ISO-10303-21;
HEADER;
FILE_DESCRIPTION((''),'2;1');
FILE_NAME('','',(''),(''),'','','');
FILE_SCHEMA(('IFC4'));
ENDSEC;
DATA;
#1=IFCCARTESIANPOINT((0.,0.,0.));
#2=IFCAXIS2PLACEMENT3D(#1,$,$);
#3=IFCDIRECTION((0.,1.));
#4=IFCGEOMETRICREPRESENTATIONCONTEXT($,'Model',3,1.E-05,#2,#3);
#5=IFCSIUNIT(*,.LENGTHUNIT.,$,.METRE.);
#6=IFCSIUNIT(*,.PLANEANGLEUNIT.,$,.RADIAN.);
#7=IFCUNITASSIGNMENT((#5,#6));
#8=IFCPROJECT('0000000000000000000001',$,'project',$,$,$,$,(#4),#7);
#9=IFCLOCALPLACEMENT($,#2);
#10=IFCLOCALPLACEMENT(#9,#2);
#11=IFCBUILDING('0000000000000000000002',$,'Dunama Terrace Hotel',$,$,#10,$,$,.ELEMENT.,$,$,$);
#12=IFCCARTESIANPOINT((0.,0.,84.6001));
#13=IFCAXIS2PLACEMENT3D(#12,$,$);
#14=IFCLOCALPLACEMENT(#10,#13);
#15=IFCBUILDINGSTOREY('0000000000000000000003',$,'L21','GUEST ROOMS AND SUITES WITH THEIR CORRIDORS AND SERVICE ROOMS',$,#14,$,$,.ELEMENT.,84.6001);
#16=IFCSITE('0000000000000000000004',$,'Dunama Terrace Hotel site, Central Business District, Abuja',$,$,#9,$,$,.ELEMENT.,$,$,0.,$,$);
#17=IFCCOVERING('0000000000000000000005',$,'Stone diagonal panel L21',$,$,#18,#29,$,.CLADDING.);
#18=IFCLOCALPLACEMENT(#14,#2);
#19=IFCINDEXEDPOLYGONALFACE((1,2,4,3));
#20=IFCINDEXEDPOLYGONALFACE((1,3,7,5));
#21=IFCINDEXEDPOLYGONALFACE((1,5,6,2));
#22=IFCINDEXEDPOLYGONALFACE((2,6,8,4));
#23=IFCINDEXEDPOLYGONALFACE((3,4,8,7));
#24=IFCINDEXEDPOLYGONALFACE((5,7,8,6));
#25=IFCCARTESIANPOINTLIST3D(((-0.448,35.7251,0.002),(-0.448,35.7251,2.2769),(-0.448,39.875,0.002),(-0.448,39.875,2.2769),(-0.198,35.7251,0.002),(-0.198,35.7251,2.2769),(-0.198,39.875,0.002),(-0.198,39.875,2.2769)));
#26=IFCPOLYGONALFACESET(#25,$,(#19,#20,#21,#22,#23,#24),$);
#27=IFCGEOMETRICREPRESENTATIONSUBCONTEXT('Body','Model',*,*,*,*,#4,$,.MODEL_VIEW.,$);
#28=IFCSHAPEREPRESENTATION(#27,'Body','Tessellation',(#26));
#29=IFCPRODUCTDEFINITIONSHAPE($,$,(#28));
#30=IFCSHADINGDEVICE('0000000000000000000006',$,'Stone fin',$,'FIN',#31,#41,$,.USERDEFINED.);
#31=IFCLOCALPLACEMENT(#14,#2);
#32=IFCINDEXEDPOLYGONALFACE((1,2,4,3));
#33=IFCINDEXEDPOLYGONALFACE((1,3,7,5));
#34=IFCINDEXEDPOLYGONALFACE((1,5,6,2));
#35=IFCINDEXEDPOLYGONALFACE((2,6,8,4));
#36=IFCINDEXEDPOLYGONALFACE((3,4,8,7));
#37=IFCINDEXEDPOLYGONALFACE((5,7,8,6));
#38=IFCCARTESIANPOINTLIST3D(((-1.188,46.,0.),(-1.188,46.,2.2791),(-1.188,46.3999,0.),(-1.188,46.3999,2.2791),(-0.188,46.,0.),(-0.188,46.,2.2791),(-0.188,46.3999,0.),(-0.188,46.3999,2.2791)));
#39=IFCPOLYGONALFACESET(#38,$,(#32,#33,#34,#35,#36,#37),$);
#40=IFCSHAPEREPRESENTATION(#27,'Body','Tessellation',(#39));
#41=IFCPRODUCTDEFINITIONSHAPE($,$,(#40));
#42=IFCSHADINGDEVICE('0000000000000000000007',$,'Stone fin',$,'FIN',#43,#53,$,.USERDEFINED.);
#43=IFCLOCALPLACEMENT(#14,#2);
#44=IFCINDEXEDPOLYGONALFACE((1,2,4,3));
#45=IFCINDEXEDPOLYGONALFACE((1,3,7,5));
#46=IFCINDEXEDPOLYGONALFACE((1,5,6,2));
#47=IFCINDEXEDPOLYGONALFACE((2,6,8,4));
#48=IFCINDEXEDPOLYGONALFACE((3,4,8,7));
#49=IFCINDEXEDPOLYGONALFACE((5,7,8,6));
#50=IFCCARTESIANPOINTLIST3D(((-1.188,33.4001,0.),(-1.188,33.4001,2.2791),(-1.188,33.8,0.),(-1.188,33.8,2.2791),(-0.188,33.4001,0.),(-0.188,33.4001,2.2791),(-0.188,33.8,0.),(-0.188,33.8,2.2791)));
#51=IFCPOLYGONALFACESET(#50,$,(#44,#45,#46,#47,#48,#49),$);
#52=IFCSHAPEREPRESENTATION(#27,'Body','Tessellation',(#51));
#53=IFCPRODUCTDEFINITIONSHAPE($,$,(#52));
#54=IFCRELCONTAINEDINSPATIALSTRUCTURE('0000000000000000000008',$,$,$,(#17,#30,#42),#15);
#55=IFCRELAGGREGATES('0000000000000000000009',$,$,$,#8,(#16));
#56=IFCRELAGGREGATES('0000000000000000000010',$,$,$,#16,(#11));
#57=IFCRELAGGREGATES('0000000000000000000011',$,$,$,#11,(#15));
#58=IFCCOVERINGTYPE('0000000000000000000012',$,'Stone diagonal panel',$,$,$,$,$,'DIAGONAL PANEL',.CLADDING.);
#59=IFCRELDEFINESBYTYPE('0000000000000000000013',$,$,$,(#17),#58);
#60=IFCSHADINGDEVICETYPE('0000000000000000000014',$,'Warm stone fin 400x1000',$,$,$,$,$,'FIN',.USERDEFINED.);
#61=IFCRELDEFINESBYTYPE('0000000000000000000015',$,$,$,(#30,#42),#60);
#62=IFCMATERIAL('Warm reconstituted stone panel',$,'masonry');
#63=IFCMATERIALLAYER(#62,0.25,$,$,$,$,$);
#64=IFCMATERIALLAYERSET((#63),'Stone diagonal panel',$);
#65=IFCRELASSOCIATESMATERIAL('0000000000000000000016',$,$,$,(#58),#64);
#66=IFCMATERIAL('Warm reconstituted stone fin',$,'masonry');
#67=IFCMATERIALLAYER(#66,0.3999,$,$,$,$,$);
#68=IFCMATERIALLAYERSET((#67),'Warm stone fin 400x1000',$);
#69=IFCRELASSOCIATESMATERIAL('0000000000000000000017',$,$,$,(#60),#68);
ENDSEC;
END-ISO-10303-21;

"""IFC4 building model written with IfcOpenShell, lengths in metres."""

from ifc_helpers import new_model, si_unit, direction, frame, origin, origin_2d, place, context, subcontext, project, spatial, rectangle, extrude, material, layer, layer_set, type_object, element, save


model = new_model("IFC4")

# Units and contexts
model_context = context("Model", 3, precision=1e-05, world=origin(), true_north=direction((0.0, 1.0)))
body_context = subcontext(model_context, "Body", "Model", "MODEL_VIEW")
ifc_project = project(units=[si_unit("LENGTHUNIT", "METRE"), si_unit("PLANEANGLEUNIT", "RADIAN")], contexts=[model_context])

# Site, building, storey
site_placement = place(None, origin())
site = spatial("IfcSite", under=ifc_project, at=site_placement, Name="Dunama Terrace Hotel site, Central Business District, Abuja", CompositionType="ELEMENT", RefElevation=0.0)
building_placement = place(site_placement, origin())
building = spatial("IfcBuilding", under=site, at=building_placement, Name="Dunama Terrace Hotel", CompositionType="ELEMENT")
storey_placement = place(building_placement, frame((0.0, 0.0, 84.6001)))
storey = spatial("IfcBuildingStorey", under=building, at=storey_placement, Name="L21", Description="GUEST ROOMS AND SUITES WITH THEIR CORRIDORS AND SERVICE ROOMS", CompositionType="ELEMENT", Elevation=84.6001)

# Covering
ifc_material_1 = material(Name="Warm reconstituted stone panel", Category="masonry")
ifc_layer_1 = layer(ifc_material_1, 0.25)
ifc_layer_set_1 = layer_set([ifc_layer_1], Name="Stone diagonal panel")
covering_type = type_object("IfcCoveringType", Name="Stone diagonal panel", ElementType="DIAGONAL PANEL", PredefinedType="CLADDING", material=ifc_layer_set_1)
covering_placement = place(storey_placement, frame((-0.323, 37.8, 0.002), z_axis=(0.0, 0.0, 1.0), x_axis=(0.0, -1.0, 0.0)))
element("IfcCovering", 1, at=covering_placement, inside=storey, type_object=covering_type, Name="Stone diagonal panel L21", PredefinedType="CLADDING", context=body_context, shape_type="SweptSolid", body=[
    extrude(rectangle(XDim=4.1499, YDim=0.25, at=origin_2d()), origin(), (0.0, 0.0, 1.0), 2.2749),
])

# Shading devices
ifc_material_2 = material(Name="Warm reconstituted stone fin", Category="masonry")
ifc_layer_2 = layer(ifc_material_2, 0.3999)
ifc_layer_set_2 = layer_set([ifc_layer_2], Name="Warm stone fin 400x1000")
shading_device_type = type_object("IfcShadingDeviceType", Name="Warm stone fin 400x1000", ElementType="FIN", PredefinedType="USERDEFINED", material=ifc_layer_set_2)
for number, where, z_axis, x_axis, name in (
    (2, (-0.688, 46.2, 0.0), (0.0, 0.0, 1.0), (0.0, -1.0, 0.0), "Stone fin"),
    (3, (-0.688, 33.6001, 0.0), (0.0, 0.0, 1.0), (0.0, -1.0, 0.0), "Stone fin"),
):
    element("IfcShadingDevice", number, at=place(storey_placement, frame(where, z_axis=z_axis, x_axis=x_axis)), inside=storey, type_object=shading_device_type, Name=name, ObjectType="FIN", PredefinedType="USERDEFINED", context=body_context, shape_type="SweptSolid", body=[
        extrude(rectangle(XDim=0.3999, YDim=1.0, at=origin_2d()), origin(), (0.0, 0.0, 1.0), 2.2791),
    ])

save(model, "model.ifc")
